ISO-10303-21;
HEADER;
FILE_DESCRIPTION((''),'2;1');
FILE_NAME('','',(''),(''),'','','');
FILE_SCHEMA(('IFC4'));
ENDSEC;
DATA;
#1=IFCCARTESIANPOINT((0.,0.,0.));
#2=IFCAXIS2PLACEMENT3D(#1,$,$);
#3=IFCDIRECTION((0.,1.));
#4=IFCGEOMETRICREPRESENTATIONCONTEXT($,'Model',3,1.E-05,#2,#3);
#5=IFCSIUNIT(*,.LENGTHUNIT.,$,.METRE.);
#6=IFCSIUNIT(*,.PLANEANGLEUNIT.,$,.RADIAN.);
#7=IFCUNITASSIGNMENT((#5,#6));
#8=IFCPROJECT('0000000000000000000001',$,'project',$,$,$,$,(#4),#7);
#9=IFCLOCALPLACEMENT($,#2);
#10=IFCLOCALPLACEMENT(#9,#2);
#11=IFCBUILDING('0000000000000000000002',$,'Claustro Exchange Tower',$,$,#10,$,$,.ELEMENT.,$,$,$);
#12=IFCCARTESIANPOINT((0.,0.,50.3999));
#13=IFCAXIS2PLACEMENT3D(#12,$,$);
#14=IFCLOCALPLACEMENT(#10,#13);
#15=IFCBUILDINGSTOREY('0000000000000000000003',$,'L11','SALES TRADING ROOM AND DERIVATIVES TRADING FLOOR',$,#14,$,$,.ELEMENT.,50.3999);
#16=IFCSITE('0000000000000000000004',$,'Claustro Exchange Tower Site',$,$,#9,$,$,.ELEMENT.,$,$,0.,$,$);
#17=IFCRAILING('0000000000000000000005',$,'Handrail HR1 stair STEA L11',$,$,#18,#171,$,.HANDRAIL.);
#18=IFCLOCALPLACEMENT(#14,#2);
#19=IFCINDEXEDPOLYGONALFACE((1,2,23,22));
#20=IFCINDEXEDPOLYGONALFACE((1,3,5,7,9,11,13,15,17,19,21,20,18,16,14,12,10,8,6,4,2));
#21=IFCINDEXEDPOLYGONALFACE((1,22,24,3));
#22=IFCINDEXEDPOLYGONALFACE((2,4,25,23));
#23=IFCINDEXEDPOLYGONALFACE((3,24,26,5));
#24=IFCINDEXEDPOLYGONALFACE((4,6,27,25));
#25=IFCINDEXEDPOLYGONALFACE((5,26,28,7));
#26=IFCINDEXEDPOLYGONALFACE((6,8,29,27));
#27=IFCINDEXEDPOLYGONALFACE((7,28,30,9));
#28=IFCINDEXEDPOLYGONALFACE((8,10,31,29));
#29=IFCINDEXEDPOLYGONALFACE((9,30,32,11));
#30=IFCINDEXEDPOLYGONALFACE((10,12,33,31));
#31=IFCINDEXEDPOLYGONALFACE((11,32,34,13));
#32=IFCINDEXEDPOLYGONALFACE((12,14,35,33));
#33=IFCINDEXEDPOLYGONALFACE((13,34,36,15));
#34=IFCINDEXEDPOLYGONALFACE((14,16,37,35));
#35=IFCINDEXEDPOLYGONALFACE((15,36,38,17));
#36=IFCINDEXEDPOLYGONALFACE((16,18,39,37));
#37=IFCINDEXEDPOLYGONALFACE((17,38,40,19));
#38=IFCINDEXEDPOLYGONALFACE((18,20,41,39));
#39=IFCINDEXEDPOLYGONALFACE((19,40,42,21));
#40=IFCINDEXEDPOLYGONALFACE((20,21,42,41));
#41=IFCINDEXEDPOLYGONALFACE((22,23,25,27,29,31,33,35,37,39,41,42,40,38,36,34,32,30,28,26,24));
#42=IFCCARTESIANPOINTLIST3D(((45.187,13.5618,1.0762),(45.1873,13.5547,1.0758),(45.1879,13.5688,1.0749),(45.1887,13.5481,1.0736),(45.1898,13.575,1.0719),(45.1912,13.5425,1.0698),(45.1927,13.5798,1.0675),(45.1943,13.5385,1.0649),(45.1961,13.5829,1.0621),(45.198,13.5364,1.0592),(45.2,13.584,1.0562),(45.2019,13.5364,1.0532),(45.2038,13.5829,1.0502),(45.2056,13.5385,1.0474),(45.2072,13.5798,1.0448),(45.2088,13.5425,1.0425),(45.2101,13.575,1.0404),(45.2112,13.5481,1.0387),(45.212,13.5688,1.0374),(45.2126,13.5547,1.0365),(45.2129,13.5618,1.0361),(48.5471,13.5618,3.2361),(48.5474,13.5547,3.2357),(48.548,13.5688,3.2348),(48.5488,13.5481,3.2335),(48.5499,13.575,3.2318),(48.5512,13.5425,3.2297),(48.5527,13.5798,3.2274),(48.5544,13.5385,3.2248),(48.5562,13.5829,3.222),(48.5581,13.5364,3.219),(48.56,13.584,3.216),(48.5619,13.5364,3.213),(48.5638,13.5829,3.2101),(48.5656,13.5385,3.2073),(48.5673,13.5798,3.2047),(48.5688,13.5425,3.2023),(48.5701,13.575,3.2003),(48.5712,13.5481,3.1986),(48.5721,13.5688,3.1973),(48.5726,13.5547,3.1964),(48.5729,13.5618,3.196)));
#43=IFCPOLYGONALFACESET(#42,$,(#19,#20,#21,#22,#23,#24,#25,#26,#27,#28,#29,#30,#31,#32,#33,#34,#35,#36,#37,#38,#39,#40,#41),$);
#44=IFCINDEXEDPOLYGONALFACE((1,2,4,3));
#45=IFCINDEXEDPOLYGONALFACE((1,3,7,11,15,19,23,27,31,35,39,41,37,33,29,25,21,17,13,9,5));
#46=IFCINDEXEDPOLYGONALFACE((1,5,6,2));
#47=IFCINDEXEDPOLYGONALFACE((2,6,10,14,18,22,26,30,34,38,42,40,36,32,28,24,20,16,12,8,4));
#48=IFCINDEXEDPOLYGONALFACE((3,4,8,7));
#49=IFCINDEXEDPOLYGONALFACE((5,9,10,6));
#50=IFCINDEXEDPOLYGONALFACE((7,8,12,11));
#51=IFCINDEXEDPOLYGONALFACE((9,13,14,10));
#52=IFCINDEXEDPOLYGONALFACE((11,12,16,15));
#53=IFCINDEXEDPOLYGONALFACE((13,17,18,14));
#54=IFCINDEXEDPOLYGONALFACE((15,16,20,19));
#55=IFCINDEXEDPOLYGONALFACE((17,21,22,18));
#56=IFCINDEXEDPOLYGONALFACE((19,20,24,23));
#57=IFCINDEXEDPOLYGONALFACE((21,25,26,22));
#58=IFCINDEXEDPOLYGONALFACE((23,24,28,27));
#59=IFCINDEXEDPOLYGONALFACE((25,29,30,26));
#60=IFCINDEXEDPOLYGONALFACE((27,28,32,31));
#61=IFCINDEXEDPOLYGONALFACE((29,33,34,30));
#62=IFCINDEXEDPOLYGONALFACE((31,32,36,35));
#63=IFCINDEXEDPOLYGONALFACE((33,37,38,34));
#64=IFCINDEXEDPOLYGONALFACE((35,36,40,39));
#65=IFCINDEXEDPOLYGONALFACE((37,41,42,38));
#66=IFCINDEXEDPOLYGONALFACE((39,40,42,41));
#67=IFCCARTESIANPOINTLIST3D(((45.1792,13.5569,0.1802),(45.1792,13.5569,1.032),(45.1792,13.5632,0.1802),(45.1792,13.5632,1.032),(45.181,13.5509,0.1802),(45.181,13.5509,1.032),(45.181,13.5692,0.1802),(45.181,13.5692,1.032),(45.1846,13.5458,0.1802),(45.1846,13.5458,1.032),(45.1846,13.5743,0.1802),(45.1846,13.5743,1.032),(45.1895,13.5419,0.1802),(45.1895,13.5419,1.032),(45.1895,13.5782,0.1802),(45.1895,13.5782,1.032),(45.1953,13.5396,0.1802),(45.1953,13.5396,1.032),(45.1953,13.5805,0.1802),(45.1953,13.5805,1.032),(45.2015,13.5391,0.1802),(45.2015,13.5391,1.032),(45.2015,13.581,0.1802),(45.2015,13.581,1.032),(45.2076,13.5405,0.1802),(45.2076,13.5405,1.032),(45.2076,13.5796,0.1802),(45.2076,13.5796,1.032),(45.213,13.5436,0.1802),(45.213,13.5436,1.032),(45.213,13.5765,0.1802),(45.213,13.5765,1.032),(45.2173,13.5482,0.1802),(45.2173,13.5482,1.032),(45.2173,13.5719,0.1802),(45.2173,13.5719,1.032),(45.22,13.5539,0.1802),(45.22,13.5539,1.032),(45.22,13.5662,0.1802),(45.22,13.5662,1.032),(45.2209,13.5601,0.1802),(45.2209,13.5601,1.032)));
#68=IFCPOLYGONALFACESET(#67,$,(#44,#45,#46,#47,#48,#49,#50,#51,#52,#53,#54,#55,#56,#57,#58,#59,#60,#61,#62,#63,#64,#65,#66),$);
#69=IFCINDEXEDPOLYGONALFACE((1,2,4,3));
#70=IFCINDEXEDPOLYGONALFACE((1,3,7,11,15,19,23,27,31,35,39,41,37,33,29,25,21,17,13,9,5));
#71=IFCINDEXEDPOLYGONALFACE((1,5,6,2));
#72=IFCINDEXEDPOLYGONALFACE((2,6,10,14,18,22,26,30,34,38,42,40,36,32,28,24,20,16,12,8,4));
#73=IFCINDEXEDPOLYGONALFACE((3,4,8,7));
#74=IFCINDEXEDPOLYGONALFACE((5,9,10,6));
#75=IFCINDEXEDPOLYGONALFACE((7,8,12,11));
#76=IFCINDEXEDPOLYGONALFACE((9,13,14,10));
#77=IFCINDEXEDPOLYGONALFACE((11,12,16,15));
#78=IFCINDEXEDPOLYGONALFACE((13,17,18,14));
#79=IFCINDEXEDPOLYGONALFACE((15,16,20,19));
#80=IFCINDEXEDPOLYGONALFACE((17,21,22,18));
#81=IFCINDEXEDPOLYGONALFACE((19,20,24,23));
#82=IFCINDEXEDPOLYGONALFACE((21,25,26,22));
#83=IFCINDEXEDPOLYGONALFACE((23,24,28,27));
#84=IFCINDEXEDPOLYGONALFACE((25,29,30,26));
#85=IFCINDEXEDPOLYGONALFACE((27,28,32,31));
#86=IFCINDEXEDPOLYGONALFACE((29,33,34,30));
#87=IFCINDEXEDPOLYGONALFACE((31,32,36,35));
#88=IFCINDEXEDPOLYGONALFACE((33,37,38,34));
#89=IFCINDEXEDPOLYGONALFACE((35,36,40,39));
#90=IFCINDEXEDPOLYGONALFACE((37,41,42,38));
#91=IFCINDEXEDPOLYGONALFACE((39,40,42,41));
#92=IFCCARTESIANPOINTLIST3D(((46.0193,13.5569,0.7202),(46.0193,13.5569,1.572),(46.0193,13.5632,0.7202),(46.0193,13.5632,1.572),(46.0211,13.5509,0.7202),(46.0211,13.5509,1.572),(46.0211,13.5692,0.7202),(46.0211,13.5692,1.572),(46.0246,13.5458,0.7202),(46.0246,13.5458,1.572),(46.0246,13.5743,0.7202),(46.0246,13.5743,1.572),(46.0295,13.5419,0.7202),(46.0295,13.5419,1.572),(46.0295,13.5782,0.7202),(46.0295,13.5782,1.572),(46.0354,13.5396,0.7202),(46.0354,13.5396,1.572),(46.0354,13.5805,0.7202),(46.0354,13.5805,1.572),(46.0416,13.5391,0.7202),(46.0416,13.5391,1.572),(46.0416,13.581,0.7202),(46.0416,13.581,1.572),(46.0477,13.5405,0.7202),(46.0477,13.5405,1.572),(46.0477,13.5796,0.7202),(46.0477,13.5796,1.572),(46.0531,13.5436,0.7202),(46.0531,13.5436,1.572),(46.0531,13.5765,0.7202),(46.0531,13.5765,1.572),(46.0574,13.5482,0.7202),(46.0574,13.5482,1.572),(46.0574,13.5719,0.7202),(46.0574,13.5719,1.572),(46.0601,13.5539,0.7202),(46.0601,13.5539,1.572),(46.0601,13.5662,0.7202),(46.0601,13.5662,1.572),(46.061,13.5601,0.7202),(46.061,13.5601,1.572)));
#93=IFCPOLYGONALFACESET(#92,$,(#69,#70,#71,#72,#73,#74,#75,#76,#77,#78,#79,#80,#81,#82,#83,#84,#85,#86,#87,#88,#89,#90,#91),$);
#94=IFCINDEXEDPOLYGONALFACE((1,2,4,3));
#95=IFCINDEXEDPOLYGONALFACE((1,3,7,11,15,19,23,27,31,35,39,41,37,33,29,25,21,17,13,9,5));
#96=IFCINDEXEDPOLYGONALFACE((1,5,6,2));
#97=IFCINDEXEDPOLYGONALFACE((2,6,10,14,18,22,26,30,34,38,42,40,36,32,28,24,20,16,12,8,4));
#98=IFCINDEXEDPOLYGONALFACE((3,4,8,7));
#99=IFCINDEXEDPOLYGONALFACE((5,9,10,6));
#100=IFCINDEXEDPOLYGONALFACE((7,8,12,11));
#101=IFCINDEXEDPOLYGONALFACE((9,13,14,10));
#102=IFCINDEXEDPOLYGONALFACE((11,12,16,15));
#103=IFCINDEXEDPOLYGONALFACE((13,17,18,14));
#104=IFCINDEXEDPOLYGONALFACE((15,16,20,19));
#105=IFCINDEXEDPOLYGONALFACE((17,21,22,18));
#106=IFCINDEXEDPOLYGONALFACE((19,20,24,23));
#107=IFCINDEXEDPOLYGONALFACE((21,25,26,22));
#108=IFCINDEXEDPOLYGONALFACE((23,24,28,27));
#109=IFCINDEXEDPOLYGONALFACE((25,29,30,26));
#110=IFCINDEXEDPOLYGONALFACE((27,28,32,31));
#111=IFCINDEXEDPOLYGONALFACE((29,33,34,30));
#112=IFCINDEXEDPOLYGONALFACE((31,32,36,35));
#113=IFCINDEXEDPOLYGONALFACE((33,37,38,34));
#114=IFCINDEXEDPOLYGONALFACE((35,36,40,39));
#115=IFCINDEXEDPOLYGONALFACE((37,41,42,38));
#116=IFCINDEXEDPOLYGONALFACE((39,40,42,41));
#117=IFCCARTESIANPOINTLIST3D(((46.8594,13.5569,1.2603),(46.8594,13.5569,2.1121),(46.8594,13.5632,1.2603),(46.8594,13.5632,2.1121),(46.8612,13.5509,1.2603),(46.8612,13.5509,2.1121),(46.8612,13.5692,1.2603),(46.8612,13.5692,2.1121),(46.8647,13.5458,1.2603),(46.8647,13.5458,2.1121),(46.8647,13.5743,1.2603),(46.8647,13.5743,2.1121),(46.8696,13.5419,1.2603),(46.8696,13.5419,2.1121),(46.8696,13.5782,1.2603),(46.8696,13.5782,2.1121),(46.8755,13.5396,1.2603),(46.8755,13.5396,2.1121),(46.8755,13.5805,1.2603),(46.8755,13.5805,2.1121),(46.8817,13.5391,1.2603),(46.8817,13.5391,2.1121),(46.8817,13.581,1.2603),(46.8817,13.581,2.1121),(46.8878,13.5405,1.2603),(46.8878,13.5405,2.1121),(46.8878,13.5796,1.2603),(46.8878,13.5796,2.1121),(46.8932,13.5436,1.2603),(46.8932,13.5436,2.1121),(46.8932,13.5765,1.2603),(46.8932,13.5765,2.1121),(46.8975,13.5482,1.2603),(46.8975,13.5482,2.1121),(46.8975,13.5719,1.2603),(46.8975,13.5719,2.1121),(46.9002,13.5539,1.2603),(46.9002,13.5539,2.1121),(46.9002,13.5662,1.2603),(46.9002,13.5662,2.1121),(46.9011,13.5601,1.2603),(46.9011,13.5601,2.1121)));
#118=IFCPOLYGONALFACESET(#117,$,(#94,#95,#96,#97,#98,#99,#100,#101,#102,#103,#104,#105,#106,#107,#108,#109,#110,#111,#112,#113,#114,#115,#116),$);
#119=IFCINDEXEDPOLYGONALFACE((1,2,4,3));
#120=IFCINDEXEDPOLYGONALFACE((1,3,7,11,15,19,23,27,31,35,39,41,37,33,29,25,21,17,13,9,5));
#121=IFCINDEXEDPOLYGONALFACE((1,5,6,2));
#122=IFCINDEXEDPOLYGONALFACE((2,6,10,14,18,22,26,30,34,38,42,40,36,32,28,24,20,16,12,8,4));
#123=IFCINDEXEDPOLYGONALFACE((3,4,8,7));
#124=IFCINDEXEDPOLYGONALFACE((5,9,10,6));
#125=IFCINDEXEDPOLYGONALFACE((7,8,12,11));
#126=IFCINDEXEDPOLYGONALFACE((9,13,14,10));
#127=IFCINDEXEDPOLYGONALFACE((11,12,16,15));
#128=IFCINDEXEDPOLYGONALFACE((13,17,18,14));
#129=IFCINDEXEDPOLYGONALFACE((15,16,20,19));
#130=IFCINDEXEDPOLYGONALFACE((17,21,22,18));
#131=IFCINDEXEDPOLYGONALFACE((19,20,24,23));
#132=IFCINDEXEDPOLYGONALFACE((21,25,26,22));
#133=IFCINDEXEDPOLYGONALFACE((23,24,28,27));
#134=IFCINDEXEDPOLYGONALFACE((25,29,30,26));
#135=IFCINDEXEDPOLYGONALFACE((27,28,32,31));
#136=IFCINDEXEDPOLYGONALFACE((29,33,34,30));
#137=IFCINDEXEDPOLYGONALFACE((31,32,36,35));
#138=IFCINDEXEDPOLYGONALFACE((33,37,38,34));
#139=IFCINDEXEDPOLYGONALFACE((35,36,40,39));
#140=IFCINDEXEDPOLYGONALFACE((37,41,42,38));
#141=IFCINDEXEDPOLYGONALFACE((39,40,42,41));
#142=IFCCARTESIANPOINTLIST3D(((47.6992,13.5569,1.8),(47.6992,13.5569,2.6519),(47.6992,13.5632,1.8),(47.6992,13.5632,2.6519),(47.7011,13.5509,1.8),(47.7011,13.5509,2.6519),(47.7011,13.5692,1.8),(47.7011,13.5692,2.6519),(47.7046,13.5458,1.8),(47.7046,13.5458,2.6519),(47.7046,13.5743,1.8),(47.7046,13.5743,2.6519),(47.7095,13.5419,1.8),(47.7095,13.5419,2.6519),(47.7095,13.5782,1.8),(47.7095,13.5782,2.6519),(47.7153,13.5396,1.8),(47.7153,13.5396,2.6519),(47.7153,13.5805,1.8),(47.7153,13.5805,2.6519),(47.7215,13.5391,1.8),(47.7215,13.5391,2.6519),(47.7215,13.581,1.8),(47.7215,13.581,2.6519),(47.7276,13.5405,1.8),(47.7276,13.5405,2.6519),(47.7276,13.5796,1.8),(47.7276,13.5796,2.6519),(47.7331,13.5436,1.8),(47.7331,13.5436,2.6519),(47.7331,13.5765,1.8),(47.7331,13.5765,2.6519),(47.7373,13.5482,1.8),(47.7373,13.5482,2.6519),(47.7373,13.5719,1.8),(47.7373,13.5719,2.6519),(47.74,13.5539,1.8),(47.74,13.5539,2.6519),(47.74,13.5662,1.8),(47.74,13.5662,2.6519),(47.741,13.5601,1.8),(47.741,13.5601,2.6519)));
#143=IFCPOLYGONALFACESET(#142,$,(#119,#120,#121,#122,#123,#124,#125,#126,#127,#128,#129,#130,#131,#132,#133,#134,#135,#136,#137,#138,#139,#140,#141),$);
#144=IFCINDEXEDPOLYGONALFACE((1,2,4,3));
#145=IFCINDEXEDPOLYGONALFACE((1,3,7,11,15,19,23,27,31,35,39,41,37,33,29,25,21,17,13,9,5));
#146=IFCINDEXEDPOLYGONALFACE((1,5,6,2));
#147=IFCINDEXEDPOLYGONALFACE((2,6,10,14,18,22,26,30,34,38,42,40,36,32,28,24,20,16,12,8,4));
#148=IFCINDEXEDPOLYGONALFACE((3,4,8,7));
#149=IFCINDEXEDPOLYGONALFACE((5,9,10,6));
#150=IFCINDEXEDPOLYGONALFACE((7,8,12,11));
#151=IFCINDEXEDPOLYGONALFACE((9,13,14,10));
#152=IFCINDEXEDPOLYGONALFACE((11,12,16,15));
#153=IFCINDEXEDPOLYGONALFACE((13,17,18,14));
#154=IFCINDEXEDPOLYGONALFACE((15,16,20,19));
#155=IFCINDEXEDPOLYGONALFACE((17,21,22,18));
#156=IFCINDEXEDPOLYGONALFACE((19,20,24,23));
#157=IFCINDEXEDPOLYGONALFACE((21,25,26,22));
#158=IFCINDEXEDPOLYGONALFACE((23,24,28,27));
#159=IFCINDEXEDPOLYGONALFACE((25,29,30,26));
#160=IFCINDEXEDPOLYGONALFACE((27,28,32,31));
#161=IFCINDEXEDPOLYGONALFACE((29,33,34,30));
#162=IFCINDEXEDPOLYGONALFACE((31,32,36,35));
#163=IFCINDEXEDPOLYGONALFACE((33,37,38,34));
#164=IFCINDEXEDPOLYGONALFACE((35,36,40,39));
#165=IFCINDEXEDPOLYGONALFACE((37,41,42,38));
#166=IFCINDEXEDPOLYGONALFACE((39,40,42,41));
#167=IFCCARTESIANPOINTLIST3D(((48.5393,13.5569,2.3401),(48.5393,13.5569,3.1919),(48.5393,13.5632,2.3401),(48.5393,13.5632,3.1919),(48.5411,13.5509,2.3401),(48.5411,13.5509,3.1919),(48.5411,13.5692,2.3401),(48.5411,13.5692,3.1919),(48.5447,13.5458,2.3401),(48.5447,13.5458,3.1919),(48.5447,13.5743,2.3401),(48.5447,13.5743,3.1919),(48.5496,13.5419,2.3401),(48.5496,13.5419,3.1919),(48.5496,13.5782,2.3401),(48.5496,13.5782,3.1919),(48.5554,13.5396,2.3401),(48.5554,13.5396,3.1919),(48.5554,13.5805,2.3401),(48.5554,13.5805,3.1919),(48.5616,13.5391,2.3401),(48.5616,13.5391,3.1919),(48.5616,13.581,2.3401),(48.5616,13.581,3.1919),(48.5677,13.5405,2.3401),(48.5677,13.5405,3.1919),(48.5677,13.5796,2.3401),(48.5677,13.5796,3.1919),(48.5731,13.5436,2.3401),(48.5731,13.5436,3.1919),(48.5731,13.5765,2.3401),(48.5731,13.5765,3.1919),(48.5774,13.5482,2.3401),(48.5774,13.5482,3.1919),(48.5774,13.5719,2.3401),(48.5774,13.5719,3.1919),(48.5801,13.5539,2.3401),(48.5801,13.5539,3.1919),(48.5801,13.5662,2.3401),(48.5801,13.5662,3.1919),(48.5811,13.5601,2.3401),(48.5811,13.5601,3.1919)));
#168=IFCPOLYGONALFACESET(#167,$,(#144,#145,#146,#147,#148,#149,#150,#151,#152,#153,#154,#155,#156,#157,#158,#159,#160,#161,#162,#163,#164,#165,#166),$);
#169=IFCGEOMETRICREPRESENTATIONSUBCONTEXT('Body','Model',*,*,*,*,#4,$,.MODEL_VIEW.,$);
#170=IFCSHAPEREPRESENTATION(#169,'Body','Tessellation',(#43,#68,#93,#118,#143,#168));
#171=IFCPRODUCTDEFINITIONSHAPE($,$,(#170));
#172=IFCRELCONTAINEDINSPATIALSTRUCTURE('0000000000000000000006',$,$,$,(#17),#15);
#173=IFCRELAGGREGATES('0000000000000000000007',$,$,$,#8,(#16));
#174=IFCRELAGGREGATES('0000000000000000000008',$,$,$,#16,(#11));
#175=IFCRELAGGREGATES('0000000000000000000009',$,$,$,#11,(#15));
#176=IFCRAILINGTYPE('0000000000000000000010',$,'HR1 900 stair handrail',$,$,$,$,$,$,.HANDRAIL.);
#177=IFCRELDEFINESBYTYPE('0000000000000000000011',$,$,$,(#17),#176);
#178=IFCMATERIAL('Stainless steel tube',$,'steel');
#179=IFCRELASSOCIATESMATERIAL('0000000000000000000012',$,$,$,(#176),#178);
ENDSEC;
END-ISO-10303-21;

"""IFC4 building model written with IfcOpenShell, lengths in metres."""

from ifc_helpers import new_model, si_unit, direction, frame, origin, origin_2d, place, context, subcontext, project, spatial, circle, extrude, material, type_object, element, save


model = new_model("IFC4")

# Units and contexts
model_context = context("Model", 3, precision=1e-05, world=origin(), true_north=direction((0.0, 1.0)))
body_context = subcontext(model_context, "Body", "Model", "MODEL_VIEW")
ifc_project = project(units=[si_unit("LENGTHUNIT", "METRE"), si_unit("PLANEANGLEUNIT", "RADIAN")], contexts=[model_context])

# Site, building, storey
site_placement = place(None, origin())
site = spatial("IfcSite", under=ifc_project, at=site_placement, Name="Claustro Exchange Tower Site", CompositionType="ELEMENT", RefElevation=0.0)
building_placement = place(site_placement, origin())
building = spatial("IfcBuilding", under=site, at=building_placement, Name="Claustro Exchange Tower", CompositionType="ELEMENT")
storey_placement = place(building_placement, frame((0.0, 0.0, 50.3999)))
storey = spatial("IfcBuildingStorey", under=building, at=storey_placement, Name="L11", Description="SALES TRADING ROOM AND DERIVATIVES TRADING FLOOR", CompositionType="ELEMENT", Elevation=50.3999)

# Railing
ifc_material_1 = material(Name="Stainless steel tube", Category="steel")
railing_type_1 = type_object("IfcRailingType", Name="HR1 900 stair handrail", PredefinedType="HANDRAIL", material=ifc_material_1)
railing_1_placement = place(storey_placement, frame((45.2, 13.5601, 0.1802)))
element("IfcRailing", 1, at=railing_1_placement, inside=storey, type_object=railing_type_1, Name="Handrail HR1 stair STEA L11", PredefinedType="HANDRAIL", context=body_context, shape_type="SweptSolid", body=[
    extrude(circle(Radius=0.0239, at=origin_2d()), frame((0.0, 0.0, 0.876), z_axis=(0.841196, 0.0, 0.54073), x_axis=(0.0, 1.0, 0.0)), (0.0, 0.0, 1.0), 3.9944),
    extrude(circle(Radius=0.021, at=origin_2d()), origin(), (0.0, 0.0, 1.0), 0.8518),
    extrude(circle(Radius=0.021, at=origin_2d()), frame((0.8401, 0.0, 0.54)), (0.0, 0.0, 1.0), 0.8518),
    extrude(circle(Radius=0.021, at=origin_2d()), frame((1.6802, 0.0, 1.0801)), (0.0, 0.0, 1.0), 0.8518),
    extrude(circle(Radius=0.021, at=origin_2d()), frame((2.52, 0.0, 1.6199)), (0.0, 0.0, 1.0), 0.8518),
    extrude(circle(Radius=0.021, at=origin_2d()), frame((3.3601, 0.0, 2.1599)), (0.0, 0.0, 1.0), 0.8518),
])

save(model, "model.ifc")
